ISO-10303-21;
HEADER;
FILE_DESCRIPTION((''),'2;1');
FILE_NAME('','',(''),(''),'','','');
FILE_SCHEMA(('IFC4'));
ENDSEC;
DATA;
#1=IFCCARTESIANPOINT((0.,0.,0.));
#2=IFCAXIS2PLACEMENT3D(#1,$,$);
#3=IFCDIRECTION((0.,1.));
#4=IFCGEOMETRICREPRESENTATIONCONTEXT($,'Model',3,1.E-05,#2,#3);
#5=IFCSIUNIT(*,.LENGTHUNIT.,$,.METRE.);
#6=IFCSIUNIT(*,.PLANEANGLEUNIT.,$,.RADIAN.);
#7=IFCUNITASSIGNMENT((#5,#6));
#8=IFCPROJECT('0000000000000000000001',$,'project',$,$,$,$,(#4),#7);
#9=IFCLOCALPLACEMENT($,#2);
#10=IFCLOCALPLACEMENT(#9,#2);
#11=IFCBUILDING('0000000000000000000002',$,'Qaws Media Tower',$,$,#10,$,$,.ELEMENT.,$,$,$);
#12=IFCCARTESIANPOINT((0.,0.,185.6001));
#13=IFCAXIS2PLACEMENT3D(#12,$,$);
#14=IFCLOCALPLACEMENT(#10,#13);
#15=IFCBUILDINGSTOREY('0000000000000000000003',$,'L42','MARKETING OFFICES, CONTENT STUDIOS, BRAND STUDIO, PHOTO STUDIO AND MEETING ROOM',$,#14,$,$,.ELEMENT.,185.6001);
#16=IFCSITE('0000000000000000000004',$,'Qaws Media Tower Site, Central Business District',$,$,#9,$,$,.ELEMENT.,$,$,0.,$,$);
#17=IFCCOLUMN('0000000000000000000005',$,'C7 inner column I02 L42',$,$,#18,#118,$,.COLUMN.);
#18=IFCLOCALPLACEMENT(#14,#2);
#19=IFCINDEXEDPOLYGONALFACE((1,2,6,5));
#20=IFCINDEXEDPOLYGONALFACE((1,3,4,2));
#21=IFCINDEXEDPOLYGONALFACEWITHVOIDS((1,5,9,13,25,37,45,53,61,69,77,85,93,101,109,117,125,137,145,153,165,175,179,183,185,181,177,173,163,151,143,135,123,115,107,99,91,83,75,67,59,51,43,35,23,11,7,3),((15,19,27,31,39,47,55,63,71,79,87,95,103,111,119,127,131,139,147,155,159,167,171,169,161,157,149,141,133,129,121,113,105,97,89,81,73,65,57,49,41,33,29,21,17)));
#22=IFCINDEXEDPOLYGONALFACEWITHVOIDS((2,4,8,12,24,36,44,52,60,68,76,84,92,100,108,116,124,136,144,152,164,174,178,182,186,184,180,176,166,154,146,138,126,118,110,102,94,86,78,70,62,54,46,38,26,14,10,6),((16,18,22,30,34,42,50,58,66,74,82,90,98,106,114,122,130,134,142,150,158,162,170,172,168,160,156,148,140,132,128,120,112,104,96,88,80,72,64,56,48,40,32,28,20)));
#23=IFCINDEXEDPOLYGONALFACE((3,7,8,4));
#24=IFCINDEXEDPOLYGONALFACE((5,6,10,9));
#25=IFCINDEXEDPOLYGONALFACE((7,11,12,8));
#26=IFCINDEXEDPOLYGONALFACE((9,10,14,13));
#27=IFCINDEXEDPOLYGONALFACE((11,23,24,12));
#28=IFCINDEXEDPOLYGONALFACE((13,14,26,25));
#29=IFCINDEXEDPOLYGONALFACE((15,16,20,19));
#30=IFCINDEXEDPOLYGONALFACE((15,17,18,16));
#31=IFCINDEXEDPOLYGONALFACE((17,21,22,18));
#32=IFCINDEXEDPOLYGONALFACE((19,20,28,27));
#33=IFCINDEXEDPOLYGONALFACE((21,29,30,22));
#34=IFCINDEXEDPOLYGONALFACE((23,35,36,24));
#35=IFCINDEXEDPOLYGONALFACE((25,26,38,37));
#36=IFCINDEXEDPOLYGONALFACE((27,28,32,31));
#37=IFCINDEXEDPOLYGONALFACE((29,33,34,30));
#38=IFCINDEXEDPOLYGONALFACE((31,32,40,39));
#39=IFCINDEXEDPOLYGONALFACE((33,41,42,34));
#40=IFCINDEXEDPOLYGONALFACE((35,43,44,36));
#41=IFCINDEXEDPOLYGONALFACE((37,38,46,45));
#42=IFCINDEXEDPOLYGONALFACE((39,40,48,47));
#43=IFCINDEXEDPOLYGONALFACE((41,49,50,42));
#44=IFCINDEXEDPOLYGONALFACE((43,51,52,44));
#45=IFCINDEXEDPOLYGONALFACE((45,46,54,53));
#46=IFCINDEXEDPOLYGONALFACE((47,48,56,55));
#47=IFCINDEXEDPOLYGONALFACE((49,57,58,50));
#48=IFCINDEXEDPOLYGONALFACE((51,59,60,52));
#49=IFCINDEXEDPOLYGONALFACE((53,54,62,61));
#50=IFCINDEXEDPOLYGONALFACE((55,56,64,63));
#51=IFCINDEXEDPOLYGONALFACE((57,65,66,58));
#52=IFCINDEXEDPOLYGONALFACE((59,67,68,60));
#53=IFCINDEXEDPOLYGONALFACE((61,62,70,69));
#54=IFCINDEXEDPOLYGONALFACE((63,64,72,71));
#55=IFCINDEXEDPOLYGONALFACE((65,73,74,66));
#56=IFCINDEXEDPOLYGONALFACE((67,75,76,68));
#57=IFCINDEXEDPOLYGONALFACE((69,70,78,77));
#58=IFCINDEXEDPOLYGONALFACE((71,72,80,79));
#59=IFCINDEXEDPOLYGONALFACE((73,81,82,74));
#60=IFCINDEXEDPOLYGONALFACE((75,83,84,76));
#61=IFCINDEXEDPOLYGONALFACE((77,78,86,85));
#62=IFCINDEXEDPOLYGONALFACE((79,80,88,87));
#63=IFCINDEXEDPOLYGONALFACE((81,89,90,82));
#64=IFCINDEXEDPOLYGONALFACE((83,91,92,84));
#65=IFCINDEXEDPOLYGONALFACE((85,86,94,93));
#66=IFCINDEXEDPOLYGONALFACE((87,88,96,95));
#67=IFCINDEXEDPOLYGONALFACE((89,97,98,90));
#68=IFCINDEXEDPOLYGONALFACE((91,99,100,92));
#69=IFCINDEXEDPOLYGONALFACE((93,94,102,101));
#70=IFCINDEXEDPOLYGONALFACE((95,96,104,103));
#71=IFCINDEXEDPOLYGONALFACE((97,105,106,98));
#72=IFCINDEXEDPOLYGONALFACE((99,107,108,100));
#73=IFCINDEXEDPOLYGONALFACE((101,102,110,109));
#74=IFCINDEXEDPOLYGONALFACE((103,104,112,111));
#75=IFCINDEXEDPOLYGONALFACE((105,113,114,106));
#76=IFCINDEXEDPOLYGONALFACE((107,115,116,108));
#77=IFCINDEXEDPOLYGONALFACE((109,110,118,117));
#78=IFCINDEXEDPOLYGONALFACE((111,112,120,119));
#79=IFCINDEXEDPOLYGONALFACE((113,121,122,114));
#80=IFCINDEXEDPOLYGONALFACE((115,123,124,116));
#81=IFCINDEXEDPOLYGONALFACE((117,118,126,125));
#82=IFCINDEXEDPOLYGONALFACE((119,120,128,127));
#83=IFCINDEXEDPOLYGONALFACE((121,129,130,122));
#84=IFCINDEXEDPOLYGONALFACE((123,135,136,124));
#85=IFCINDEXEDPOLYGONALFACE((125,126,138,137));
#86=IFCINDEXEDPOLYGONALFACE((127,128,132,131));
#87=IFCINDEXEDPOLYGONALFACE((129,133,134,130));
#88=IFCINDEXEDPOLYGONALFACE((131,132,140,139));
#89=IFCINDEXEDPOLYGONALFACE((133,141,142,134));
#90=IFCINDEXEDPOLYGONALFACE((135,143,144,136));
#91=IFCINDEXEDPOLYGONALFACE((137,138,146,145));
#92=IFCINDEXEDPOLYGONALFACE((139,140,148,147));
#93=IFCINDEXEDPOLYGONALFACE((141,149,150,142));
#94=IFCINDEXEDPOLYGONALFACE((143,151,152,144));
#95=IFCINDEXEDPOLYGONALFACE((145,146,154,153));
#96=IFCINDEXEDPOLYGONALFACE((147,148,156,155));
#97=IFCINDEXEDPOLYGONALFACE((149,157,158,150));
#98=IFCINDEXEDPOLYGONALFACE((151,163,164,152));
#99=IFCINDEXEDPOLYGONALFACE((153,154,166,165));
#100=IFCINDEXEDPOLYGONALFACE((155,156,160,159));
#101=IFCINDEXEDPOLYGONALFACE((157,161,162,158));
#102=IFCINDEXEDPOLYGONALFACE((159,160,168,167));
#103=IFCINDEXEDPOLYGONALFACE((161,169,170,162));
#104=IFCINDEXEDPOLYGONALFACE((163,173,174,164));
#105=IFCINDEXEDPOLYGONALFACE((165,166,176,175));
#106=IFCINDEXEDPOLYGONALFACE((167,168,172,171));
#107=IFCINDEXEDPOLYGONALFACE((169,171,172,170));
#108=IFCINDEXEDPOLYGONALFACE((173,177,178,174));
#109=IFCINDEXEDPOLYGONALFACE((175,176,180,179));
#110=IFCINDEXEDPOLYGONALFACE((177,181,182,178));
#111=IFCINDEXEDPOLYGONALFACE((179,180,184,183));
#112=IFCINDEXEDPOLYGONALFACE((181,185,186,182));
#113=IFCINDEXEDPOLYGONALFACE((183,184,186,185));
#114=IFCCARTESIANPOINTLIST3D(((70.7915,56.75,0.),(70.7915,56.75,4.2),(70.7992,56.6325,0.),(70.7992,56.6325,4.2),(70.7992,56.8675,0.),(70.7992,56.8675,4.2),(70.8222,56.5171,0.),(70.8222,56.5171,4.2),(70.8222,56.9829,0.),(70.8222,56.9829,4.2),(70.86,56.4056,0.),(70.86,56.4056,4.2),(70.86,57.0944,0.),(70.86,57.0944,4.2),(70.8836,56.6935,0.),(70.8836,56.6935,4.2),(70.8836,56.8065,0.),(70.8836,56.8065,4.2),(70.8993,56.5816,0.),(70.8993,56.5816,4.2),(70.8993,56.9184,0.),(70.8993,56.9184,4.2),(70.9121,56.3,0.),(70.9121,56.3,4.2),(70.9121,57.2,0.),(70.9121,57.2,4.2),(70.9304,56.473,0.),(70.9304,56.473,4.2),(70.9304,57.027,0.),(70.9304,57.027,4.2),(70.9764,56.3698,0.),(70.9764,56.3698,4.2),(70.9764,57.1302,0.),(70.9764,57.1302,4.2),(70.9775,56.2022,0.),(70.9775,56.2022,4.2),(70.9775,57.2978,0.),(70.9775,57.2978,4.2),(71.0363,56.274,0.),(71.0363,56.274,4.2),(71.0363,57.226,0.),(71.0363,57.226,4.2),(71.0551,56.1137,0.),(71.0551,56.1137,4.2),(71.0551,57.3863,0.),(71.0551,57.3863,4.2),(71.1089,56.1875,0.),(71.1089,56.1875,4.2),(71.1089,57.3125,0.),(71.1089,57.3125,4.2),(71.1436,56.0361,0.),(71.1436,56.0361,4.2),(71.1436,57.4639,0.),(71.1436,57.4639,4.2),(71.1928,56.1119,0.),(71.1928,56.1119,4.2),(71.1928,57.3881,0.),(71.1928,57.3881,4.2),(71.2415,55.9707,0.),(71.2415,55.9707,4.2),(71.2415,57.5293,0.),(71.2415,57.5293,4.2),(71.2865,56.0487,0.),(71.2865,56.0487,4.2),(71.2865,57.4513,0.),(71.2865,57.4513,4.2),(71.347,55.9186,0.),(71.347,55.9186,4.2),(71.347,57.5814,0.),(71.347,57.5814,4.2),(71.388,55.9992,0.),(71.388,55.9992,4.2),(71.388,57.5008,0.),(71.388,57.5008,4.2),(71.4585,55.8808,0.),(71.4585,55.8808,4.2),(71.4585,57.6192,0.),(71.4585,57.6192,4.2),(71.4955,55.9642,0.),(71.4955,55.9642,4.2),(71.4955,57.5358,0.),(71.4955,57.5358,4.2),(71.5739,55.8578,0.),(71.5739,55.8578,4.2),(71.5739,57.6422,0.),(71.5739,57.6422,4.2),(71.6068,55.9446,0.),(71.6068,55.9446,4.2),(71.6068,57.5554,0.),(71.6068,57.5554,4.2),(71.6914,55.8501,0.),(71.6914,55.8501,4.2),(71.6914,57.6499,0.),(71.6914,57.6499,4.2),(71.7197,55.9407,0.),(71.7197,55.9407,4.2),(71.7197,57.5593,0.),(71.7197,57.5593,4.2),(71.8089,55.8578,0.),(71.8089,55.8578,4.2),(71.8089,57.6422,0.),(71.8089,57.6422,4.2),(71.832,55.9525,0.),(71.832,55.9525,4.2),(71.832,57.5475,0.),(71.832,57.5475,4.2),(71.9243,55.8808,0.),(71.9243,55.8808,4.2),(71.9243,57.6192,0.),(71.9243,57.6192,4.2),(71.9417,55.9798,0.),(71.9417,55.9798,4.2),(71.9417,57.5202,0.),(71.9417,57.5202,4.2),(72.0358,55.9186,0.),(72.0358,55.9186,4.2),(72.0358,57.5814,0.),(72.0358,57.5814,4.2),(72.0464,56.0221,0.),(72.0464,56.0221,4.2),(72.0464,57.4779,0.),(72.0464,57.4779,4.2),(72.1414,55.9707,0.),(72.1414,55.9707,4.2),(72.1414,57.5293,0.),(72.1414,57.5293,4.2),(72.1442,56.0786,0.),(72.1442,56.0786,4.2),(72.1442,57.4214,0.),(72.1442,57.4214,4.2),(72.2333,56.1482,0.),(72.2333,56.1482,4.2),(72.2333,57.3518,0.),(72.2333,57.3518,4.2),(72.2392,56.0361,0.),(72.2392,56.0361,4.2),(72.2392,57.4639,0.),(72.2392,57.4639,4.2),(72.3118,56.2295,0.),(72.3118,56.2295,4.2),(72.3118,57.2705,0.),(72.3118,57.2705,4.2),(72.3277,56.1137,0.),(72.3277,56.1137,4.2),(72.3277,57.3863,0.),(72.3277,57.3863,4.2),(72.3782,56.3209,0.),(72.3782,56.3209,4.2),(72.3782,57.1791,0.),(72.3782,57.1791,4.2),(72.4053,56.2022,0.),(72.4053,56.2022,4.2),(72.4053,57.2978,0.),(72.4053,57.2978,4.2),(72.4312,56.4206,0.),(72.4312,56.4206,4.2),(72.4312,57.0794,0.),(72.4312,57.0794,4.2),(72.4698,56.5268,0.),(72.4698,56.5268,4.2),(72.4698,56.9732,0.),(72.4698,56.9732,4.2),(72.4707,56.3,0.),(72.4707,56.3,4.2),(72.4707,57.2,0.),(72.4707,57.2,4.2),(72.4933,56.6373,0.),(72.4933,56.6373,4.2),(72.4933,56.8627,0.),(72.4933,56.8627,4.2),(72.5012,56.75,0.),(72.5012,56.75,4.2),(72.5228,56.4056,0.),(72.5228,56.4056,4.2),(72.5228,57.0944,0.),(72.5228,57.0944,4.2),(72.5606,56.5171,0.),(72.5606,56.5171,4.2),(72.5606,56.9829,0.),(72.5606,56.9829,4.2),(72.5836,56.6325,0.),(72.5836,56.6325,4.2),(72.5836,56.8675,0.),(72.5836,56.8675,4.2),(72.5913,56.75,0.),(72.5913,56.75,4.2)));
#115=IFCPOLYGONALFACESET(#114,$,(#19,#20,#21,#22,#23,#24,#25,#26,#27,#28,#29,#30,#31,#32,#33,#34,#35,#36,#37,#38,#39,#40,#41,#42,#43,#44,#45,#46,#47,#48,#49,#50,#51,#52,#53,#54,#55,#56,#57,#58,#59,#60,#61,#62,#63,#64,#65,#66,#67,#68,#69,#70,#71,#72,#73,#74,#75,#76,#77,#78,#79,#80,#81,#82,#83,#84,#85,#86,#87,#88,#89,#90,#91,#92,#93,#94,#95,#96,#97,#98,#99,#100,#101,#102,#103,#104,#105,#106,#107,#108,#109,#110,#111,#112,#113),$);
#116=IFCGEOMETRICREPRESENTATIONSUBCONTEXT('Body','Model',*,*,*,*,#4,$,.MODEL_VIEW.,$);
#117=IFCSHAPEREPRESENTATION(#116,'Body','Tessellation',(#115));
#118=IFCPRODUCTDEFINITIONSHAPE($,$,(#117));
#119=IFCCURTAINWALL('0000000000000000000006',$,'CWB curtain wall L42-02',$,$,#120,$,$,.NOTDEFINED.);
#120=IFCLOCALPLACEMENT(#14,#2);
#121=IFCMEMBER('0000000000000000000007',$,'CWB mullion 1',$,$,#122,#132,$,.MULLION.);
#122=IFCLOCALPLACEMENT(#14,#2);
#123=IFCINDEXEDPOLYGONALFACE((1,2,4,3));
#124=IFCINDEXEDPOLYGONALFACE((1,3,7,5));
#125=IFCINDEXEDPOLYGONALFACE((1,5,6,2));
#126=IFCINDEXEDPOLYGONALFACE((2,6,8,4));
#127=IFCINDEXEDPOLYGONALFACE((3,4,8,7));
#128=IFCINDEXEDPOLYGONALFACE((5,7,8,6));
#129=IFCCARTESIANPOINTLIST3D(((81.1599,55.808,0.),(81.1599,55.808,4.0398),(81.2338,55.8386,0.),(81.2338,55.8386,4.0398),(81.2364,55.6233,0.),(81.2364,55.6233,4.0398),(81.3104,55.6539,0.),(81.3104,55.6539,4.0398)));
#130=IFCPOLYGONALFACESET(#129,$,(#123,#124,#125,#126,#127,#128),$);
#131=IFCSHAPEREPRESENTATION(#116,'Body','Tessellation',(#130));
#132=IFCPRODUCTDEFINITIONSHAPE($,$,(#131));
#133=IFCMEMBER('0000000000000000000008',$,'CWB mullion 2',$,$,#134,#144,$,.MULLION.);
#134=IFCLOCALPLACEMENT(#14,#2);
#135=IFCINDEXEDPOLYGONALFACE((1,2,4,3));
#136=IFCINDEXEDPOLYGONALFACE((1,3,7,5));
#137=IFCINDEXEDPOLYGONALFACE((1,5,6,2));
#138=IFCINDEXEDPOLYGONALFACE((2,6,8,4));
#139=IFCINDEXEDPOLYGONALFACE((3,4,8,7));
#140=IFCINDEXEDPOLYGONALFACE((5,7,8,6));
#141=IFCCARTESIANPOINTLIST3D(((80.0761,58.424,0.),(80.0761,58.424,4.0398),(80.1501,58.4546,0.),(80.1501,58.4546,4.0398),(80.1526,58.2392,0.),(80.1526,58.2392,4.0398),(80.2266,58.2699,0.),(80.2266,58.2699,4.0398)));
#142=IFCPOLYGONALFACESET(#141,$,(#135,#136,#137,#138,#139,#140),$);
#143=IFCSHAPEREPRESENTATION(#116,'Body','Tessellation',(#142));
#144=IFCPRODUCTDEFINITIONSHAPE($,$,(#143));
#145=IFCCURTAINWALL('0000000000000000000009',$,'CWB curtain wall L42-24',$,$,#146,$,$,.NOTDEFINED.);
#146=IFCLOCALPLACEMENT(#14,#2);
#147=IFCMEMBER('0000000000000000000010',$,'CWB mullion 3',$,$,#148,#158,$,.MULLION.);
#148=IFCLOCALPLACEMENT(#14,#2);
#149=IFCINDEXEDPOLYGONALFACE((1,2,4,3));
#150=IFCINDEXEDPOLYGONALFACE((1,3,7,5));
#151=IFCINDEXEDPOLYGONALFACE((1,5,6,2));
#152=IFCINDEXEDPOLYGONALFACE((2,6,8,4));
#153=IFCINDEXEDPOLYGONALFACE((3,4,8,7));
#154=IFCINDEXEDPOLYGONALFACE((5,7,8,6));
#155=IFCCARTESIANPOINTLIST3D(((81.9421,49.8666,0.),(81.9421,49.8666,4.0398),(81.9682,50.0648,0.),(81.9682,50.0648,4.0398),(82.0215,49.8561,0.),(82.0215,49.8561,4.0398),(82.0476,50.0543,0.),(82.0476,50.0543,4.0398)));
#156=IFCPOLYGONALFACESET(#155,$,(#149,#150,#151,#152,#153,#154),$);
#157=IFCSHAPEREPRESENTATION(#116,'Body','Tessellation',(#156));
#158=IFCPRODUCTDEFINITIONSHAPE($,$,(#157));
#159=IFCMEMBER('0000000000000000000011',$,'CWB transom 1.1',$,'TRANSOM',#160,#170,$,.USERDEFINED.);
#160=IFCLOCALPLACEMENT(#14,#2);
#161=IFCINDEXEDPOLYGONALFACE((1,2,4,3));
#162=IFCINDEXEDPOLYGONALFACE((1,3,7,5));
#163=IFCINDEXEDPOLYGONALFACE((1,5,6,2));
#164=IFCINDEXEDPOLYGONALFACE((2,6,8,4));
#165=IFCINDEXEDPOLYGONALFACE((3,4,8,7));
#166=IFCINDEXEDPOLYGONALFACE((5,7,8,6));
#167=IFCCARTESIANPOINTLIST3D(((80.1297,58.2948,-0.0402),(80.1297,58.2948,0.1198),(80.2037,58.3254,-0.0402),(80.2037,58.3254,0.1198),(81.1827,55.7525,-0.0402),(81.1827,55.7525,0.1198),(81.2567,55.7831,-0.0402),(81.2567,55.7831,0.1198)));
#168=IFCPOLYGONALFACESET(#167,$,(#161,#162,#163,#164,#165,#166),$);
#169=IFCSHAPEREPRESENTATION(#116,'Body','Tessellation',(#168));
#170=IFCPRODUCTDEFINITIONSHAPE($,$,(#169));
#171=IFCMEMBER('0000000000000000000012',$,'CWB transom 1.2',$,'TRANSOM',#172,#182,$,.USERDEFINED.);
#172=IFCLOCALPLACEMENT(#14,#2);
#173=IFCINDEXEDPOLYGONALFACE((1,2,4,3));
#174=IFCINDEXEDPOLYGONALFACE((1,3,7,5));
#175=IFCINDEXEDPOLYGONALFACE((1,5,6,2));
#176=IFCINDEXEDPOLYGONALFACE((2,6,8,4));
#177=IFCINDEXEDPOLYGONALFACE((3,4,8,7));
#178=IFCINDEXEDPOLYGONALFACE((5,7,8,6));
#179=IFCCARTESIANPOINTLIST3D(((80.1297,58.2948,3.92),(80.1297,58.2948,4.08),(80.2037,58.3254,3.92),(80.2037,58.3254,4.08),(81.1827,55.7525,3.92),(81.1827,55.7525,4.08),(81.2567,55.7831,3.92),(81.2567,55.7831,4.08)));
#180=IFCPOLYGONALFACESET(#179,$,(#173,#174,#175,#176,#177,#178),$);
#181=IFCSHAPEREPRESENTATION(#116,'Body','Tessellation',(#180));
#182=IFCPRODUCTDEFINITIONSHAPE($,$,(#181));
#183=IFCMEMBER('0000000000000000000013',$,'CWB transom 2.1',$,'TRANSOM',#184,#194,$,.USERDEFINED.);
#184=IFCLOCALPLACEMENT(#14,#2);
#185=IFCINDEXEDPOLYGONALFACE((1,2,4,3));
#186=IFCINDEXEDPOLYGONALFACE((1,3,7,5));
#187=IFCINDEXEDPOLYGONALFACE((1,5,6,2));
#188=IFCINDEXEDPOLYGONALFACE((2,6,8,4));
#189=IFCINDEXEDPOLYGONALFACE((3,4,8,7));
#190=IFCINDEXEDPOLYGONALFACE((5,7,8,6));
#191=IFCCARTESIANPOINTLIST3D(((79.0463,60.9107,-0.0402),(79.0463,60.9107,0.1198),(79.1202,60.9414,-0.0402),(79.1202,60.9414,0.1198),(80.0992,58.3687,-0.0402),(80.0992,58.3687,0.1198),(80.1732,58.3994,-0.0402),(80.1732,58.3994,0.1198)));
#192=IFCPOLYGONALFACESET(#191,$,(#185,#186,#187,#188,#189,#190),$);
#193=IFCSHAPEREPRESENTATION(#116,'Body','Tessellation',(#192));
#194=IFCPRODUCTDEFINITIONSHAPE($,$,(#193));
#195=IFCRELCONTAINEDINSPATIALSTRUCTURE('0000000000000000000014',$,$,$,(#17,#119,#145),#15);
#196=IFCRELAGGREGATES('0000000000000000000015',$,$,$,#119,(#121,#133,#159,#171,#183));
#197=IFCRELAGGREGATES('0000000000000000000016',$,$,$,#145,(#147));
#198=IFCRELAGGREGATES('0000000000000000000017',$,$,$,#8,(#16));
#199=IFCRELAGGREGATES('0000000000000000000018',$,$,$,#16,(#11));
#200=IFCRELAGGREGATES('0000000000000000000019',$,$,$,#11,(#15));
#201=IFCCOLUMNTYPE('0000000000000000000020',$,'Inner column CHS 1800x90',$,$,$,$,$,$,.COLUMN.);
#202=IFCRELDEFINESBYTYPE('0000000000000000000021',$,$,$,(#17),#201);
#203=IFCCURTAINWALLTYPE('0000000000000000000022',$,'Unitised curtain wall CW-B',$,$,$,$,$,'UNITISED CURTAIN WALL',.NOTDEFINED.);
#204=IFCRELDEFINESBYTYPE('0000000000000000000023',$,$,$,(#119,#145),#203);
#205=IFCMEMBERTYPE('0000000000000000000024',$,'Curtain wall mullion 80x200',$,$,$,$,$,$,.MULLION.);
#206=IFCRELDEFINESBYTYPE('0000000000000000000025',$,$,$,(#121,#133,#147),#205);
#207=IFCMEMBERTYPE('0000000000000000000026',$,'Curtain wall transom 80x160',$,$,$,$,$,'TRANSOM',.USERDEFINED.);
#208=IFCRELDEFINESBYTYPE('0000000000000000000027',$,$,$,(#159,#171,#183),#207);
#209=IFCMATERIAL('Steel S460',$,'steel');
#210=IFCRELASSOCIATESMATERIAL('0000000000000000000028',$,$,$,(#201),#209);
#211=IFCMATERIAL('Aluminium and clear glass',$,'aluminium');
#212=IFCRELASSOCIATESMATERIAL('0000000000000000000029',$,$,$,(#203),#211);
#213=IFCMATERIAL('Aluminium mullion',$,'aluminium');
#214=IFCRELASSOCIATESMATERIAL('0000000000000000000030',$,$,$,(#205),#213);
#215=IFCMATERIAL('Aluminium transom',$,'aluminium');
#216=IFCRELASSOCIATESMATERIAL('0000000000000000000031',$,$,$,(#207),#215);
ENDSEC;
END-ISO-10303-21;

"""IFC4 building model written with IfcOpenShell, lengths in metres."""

from ifc_helpers import new_model, si_unit, direction, frame, origin, origin_2d, place, context, subcontext, project, spatial, rectangle, hollow_circle, extrude, material, material_profile, profile_set, type_object, element, aggregate, save


model = new_model("IFC4")

# Units and contexts
model_context = context("Model", 3, precision=1e-05, world=origin(), true_north=direction((0.0, 1.0)))
body_context = subcontext(model_context, "Body", "Model", "MODEL_VIEW")
ifc_project = project(units=[si_unit("LENGTHUNIT", "METRE"), si_unit("PLANEANGLEUNIT", "RADIAN")], contexts=[model_context])

# Site, building, storey
site_placement = place(None, origin())
site = spatial("IfcSite", under=ifc_project, at=site_placement, Name="Qaws Media Tower Site, Central Business District", CompositionType="ELEMENT", RefElevation=0.0)
building_placement = place(site_placement, origin())
building = spatial("IfcBuilding", under=site, at=building_placement, Name="Qaws Media Tower", CompositionType="ELEMENT")
storey_placement = place(building_placement, frame((0.0, 0.0, 185.6001)))
storey = spatial("IfcBuildingStorey", under=building, at=storey_placement, Name="L42", Description="MARKETING OFFICES, CONTENT STUDIOS, BRAND STUDIO, PHOTO STUDIO AND MEETING ROOM", CompositionType="ELEMENT", Elevation=185.6001)

# Column
ifc_material_1 = material(Name="Steel S460", Category="steel")
ifc_material_profile_1 = material_profile(ifc_material_1, hollow_circle(Radius=0.8999, WallThickness=0.0901, at=origin_2d()), Name="CHS 1800x90")
ifc_profile_set_1 = profile_set([ifc_material_profile_1], Name="Steel S460")
column_type = type_object("IfcColumnType", Name="Inner column CHS 1800x90", PredefinedType="COLUMN", material=ifc_profile_set_1)
for number, where, z_axis, x_axis, name in (
    (1, (71.6914, 56.75, 0.0), (0.0, 0.0, 1.0), (1.0, 0.0, 0.0), "C7 inner column I02 L42"),
):
    element("IfcColumn", number, at=place(storey_placement, frame(where, z_axis=z_axis, x_axis=x_axis)), inside=storey, type_object=column_type, Name=name, PredefinedType="COLUMN", context=body_context, shape_type="SweptSolid", body=[
        extrude(hollow_circle(Radius=0.8999, WallThickness=0.0901, at=origin_2d()), origin(), (0.0, 0.0, 1.0), 4.2),
    ])

# Curtain wall, members
ifc_material_2 = material(Name="Aluminium and clear glass", Category="aluminium")
curtain_wall_type = type_object("IfcCurtainWallType", Name="Unitised curtain wall CW-B", ElementType="UNITISED CURTAIN WALL", PredefinedType="NOTDEFINED", material=ifc_material_2)
curtain_wall_1_placement = place(storey_placement, origin())
curtain_wall_1 = element("IfcCurtainWall", 2, at=curtain_wall_1_placement, inside=storey, type_object=curtain_wall_type, Name="CWB curtain wall L42-02", PredefinedType="NOTDEFINED")
ifc_material_3 = material(Name="Aluminium mullion", Category="aluminium")
ifc_material_profile_2 = material_profile(ifc_material_3, rectangle(XDim=0.0801, YDim=0.2, at=origin_2d()), Name="80x200")
ifc_profile_set_2 = profile_set([ifc_material_profile_2], Name="Aluminium mullion")
member_type_1 = type_object("IfcMemberType", Name="Curtain wall mullion 80x200", PredefinedType="MULLION", material=ifc_profile_set_2)
member_1_placement = place(storey_placement, frame((81.2351, 55.731, 0.0), z_axis=(0.0, 0.0, 1.0), x_axis=(-0.92388, -0.382683, 0.0)))
member_1 = element("IfcMember", 3, at=member_1_placement, type_object=member_type_1, Name="CWB mullion 1", PredefinedType="MULLION", context=body_context, shape_type="SweptSolid", body=[
    extrude(rectangle(XDim=0.0801, YDim=0.2, at=origin_2d()), origin(), (0.0, 0.0, 1.0), 4.0398),
])
member_2_placement = place(storey_placement, frame((80.1514, 58.3469, 0.0), z_axis=(0.0, 0.0, 1.0), x_axis=(-0.92388, -0.382683, 0.0)))
member_2 = element("IfcMember", 4, at=member_2_placement, type_object=member_type_1, Name="CWB mullion 2", PredefinedType="MULLION", context=body_context, shape_type="SweptSolid", body=[
    extrude(rectangle(XDim=0.0801, YDim=0.2, at=origin_2d()), origin(), (0.0, 0.0, 1.0), 4.0398),
])

# Curtain wall, member
curtain_wall_2_placement = place(storey_placement, origin())
curtain_wall_2 = element("IfcCurtainWall", 5, at=curtain_wall_2_placement, inside=storey, type_object=curtain_wall_type, Name="CWB curtain wall L42-24", PredefinedType="NOTDEFINED")
member_3_placement = place(storey_placement, frame((81.9949, 49.9604, 0.0), z_axis=(0.0, 0.0, 1.0), x_axis=(-0.991445, 0.130526, 0.0)))
member_3 = element("IfcMember", 6, at=member_3_placement, type_object=member_type_1, Name="CWB mullion 3", PredefinedType="MULLION", context=body_context, shape_type="SweptSolid", body=[
    extrude(rectangle(XDim=0.0801, YDim=0.2, at=origin_2d()), origin(), (0.0, 0.0, 1.0), 4.0398),
])

# Members
ifc_material_4 = material(Name="Aluminium transom", Category="aluminium")
ifc_material_profile_3 = material_profile(ifc_material_4, rectangle(XDim=0.0801, YDim=0.1599, at=origin_2d()), Name="80x160")
ifc_profile_set_3 = profile_set([ifc_material_profile_3], Name="Aluminium transom")
member_type_2 = type_object("IfcMemberType", Name="Curtain wall transom 80x160", ElementType="TRANSOM", PredefinedType="USERDEFINED", material=ifc_profile_set_3)
member_4_placement = place(storey_placement, frame((81.2197, 55.7678, 0.0398), z_axis=(-0.382668, 0.923886, 0.0), x_axis=(-0.923886, -0.382668, 0.0)))
member_4 = element("IfcMember", 7, at=member_4_placement, type_object=member_type_2, Name="CWB transom 1.1", ObjectType="TRANSOM", PredefinedType="USERDEFINED", context=body_context, shape_type="SweptSolid", body=[
    extrude(rectangle(XDim=0.0801, YDim=0.1599, at=origin_2d()), origin(), (0.0, 0.0, 1.0), 2.7517),
])
member_5_placement = place(storey_placement, frame((81.2197, 55.7678, 4.0), z_axis=(-0.382668, 0.923886, 0.0), x_axis=(-0.923886, -0.382668, 0.0)))
member_5 = element("IfcMember", 8, at=member_5_placement, type_object=member_type_2, Name="CWB transom 1.2", ObjectType="TRANSOM", PredefinedType="USERDEFINED", context=body_context, shape_type="SweptSolid", body=[
    extrude(rectangle(XDim=0.0801, YDim=0.1599, at=origin_2d()), origin(), (0.0, 0.0, 1.0), 2.7517),
])
member_6_placement = place(storey_placement, frame((80.1362, 58.384, 0.0398), z_axis=(-0.382699, 0.923873, 0.0), x_axis=(-0.923873, -0.382699, 0.0)))
member_6 = element("IfcMember", 9, at=member_6_placement, type_object=member_type_2, Name="CWB transom 2.1", ObjectType="TRANSOM", PredefinedType="USERDEFINED", context=body_context, shape_type="SweptSolid", body=[
    extrude(rectangle(XDim=0.0801, YDim=0.1599, at=origin_2d()), origin(), (0.0, 0.0, 1.0), 2.7515),
])

aggregate(curtain_wall_1, [member_1, member_2, member_4, member_5, member_6])
aggregate(curtain_wall_2, [member_3])

save(model, "model.ifc")
